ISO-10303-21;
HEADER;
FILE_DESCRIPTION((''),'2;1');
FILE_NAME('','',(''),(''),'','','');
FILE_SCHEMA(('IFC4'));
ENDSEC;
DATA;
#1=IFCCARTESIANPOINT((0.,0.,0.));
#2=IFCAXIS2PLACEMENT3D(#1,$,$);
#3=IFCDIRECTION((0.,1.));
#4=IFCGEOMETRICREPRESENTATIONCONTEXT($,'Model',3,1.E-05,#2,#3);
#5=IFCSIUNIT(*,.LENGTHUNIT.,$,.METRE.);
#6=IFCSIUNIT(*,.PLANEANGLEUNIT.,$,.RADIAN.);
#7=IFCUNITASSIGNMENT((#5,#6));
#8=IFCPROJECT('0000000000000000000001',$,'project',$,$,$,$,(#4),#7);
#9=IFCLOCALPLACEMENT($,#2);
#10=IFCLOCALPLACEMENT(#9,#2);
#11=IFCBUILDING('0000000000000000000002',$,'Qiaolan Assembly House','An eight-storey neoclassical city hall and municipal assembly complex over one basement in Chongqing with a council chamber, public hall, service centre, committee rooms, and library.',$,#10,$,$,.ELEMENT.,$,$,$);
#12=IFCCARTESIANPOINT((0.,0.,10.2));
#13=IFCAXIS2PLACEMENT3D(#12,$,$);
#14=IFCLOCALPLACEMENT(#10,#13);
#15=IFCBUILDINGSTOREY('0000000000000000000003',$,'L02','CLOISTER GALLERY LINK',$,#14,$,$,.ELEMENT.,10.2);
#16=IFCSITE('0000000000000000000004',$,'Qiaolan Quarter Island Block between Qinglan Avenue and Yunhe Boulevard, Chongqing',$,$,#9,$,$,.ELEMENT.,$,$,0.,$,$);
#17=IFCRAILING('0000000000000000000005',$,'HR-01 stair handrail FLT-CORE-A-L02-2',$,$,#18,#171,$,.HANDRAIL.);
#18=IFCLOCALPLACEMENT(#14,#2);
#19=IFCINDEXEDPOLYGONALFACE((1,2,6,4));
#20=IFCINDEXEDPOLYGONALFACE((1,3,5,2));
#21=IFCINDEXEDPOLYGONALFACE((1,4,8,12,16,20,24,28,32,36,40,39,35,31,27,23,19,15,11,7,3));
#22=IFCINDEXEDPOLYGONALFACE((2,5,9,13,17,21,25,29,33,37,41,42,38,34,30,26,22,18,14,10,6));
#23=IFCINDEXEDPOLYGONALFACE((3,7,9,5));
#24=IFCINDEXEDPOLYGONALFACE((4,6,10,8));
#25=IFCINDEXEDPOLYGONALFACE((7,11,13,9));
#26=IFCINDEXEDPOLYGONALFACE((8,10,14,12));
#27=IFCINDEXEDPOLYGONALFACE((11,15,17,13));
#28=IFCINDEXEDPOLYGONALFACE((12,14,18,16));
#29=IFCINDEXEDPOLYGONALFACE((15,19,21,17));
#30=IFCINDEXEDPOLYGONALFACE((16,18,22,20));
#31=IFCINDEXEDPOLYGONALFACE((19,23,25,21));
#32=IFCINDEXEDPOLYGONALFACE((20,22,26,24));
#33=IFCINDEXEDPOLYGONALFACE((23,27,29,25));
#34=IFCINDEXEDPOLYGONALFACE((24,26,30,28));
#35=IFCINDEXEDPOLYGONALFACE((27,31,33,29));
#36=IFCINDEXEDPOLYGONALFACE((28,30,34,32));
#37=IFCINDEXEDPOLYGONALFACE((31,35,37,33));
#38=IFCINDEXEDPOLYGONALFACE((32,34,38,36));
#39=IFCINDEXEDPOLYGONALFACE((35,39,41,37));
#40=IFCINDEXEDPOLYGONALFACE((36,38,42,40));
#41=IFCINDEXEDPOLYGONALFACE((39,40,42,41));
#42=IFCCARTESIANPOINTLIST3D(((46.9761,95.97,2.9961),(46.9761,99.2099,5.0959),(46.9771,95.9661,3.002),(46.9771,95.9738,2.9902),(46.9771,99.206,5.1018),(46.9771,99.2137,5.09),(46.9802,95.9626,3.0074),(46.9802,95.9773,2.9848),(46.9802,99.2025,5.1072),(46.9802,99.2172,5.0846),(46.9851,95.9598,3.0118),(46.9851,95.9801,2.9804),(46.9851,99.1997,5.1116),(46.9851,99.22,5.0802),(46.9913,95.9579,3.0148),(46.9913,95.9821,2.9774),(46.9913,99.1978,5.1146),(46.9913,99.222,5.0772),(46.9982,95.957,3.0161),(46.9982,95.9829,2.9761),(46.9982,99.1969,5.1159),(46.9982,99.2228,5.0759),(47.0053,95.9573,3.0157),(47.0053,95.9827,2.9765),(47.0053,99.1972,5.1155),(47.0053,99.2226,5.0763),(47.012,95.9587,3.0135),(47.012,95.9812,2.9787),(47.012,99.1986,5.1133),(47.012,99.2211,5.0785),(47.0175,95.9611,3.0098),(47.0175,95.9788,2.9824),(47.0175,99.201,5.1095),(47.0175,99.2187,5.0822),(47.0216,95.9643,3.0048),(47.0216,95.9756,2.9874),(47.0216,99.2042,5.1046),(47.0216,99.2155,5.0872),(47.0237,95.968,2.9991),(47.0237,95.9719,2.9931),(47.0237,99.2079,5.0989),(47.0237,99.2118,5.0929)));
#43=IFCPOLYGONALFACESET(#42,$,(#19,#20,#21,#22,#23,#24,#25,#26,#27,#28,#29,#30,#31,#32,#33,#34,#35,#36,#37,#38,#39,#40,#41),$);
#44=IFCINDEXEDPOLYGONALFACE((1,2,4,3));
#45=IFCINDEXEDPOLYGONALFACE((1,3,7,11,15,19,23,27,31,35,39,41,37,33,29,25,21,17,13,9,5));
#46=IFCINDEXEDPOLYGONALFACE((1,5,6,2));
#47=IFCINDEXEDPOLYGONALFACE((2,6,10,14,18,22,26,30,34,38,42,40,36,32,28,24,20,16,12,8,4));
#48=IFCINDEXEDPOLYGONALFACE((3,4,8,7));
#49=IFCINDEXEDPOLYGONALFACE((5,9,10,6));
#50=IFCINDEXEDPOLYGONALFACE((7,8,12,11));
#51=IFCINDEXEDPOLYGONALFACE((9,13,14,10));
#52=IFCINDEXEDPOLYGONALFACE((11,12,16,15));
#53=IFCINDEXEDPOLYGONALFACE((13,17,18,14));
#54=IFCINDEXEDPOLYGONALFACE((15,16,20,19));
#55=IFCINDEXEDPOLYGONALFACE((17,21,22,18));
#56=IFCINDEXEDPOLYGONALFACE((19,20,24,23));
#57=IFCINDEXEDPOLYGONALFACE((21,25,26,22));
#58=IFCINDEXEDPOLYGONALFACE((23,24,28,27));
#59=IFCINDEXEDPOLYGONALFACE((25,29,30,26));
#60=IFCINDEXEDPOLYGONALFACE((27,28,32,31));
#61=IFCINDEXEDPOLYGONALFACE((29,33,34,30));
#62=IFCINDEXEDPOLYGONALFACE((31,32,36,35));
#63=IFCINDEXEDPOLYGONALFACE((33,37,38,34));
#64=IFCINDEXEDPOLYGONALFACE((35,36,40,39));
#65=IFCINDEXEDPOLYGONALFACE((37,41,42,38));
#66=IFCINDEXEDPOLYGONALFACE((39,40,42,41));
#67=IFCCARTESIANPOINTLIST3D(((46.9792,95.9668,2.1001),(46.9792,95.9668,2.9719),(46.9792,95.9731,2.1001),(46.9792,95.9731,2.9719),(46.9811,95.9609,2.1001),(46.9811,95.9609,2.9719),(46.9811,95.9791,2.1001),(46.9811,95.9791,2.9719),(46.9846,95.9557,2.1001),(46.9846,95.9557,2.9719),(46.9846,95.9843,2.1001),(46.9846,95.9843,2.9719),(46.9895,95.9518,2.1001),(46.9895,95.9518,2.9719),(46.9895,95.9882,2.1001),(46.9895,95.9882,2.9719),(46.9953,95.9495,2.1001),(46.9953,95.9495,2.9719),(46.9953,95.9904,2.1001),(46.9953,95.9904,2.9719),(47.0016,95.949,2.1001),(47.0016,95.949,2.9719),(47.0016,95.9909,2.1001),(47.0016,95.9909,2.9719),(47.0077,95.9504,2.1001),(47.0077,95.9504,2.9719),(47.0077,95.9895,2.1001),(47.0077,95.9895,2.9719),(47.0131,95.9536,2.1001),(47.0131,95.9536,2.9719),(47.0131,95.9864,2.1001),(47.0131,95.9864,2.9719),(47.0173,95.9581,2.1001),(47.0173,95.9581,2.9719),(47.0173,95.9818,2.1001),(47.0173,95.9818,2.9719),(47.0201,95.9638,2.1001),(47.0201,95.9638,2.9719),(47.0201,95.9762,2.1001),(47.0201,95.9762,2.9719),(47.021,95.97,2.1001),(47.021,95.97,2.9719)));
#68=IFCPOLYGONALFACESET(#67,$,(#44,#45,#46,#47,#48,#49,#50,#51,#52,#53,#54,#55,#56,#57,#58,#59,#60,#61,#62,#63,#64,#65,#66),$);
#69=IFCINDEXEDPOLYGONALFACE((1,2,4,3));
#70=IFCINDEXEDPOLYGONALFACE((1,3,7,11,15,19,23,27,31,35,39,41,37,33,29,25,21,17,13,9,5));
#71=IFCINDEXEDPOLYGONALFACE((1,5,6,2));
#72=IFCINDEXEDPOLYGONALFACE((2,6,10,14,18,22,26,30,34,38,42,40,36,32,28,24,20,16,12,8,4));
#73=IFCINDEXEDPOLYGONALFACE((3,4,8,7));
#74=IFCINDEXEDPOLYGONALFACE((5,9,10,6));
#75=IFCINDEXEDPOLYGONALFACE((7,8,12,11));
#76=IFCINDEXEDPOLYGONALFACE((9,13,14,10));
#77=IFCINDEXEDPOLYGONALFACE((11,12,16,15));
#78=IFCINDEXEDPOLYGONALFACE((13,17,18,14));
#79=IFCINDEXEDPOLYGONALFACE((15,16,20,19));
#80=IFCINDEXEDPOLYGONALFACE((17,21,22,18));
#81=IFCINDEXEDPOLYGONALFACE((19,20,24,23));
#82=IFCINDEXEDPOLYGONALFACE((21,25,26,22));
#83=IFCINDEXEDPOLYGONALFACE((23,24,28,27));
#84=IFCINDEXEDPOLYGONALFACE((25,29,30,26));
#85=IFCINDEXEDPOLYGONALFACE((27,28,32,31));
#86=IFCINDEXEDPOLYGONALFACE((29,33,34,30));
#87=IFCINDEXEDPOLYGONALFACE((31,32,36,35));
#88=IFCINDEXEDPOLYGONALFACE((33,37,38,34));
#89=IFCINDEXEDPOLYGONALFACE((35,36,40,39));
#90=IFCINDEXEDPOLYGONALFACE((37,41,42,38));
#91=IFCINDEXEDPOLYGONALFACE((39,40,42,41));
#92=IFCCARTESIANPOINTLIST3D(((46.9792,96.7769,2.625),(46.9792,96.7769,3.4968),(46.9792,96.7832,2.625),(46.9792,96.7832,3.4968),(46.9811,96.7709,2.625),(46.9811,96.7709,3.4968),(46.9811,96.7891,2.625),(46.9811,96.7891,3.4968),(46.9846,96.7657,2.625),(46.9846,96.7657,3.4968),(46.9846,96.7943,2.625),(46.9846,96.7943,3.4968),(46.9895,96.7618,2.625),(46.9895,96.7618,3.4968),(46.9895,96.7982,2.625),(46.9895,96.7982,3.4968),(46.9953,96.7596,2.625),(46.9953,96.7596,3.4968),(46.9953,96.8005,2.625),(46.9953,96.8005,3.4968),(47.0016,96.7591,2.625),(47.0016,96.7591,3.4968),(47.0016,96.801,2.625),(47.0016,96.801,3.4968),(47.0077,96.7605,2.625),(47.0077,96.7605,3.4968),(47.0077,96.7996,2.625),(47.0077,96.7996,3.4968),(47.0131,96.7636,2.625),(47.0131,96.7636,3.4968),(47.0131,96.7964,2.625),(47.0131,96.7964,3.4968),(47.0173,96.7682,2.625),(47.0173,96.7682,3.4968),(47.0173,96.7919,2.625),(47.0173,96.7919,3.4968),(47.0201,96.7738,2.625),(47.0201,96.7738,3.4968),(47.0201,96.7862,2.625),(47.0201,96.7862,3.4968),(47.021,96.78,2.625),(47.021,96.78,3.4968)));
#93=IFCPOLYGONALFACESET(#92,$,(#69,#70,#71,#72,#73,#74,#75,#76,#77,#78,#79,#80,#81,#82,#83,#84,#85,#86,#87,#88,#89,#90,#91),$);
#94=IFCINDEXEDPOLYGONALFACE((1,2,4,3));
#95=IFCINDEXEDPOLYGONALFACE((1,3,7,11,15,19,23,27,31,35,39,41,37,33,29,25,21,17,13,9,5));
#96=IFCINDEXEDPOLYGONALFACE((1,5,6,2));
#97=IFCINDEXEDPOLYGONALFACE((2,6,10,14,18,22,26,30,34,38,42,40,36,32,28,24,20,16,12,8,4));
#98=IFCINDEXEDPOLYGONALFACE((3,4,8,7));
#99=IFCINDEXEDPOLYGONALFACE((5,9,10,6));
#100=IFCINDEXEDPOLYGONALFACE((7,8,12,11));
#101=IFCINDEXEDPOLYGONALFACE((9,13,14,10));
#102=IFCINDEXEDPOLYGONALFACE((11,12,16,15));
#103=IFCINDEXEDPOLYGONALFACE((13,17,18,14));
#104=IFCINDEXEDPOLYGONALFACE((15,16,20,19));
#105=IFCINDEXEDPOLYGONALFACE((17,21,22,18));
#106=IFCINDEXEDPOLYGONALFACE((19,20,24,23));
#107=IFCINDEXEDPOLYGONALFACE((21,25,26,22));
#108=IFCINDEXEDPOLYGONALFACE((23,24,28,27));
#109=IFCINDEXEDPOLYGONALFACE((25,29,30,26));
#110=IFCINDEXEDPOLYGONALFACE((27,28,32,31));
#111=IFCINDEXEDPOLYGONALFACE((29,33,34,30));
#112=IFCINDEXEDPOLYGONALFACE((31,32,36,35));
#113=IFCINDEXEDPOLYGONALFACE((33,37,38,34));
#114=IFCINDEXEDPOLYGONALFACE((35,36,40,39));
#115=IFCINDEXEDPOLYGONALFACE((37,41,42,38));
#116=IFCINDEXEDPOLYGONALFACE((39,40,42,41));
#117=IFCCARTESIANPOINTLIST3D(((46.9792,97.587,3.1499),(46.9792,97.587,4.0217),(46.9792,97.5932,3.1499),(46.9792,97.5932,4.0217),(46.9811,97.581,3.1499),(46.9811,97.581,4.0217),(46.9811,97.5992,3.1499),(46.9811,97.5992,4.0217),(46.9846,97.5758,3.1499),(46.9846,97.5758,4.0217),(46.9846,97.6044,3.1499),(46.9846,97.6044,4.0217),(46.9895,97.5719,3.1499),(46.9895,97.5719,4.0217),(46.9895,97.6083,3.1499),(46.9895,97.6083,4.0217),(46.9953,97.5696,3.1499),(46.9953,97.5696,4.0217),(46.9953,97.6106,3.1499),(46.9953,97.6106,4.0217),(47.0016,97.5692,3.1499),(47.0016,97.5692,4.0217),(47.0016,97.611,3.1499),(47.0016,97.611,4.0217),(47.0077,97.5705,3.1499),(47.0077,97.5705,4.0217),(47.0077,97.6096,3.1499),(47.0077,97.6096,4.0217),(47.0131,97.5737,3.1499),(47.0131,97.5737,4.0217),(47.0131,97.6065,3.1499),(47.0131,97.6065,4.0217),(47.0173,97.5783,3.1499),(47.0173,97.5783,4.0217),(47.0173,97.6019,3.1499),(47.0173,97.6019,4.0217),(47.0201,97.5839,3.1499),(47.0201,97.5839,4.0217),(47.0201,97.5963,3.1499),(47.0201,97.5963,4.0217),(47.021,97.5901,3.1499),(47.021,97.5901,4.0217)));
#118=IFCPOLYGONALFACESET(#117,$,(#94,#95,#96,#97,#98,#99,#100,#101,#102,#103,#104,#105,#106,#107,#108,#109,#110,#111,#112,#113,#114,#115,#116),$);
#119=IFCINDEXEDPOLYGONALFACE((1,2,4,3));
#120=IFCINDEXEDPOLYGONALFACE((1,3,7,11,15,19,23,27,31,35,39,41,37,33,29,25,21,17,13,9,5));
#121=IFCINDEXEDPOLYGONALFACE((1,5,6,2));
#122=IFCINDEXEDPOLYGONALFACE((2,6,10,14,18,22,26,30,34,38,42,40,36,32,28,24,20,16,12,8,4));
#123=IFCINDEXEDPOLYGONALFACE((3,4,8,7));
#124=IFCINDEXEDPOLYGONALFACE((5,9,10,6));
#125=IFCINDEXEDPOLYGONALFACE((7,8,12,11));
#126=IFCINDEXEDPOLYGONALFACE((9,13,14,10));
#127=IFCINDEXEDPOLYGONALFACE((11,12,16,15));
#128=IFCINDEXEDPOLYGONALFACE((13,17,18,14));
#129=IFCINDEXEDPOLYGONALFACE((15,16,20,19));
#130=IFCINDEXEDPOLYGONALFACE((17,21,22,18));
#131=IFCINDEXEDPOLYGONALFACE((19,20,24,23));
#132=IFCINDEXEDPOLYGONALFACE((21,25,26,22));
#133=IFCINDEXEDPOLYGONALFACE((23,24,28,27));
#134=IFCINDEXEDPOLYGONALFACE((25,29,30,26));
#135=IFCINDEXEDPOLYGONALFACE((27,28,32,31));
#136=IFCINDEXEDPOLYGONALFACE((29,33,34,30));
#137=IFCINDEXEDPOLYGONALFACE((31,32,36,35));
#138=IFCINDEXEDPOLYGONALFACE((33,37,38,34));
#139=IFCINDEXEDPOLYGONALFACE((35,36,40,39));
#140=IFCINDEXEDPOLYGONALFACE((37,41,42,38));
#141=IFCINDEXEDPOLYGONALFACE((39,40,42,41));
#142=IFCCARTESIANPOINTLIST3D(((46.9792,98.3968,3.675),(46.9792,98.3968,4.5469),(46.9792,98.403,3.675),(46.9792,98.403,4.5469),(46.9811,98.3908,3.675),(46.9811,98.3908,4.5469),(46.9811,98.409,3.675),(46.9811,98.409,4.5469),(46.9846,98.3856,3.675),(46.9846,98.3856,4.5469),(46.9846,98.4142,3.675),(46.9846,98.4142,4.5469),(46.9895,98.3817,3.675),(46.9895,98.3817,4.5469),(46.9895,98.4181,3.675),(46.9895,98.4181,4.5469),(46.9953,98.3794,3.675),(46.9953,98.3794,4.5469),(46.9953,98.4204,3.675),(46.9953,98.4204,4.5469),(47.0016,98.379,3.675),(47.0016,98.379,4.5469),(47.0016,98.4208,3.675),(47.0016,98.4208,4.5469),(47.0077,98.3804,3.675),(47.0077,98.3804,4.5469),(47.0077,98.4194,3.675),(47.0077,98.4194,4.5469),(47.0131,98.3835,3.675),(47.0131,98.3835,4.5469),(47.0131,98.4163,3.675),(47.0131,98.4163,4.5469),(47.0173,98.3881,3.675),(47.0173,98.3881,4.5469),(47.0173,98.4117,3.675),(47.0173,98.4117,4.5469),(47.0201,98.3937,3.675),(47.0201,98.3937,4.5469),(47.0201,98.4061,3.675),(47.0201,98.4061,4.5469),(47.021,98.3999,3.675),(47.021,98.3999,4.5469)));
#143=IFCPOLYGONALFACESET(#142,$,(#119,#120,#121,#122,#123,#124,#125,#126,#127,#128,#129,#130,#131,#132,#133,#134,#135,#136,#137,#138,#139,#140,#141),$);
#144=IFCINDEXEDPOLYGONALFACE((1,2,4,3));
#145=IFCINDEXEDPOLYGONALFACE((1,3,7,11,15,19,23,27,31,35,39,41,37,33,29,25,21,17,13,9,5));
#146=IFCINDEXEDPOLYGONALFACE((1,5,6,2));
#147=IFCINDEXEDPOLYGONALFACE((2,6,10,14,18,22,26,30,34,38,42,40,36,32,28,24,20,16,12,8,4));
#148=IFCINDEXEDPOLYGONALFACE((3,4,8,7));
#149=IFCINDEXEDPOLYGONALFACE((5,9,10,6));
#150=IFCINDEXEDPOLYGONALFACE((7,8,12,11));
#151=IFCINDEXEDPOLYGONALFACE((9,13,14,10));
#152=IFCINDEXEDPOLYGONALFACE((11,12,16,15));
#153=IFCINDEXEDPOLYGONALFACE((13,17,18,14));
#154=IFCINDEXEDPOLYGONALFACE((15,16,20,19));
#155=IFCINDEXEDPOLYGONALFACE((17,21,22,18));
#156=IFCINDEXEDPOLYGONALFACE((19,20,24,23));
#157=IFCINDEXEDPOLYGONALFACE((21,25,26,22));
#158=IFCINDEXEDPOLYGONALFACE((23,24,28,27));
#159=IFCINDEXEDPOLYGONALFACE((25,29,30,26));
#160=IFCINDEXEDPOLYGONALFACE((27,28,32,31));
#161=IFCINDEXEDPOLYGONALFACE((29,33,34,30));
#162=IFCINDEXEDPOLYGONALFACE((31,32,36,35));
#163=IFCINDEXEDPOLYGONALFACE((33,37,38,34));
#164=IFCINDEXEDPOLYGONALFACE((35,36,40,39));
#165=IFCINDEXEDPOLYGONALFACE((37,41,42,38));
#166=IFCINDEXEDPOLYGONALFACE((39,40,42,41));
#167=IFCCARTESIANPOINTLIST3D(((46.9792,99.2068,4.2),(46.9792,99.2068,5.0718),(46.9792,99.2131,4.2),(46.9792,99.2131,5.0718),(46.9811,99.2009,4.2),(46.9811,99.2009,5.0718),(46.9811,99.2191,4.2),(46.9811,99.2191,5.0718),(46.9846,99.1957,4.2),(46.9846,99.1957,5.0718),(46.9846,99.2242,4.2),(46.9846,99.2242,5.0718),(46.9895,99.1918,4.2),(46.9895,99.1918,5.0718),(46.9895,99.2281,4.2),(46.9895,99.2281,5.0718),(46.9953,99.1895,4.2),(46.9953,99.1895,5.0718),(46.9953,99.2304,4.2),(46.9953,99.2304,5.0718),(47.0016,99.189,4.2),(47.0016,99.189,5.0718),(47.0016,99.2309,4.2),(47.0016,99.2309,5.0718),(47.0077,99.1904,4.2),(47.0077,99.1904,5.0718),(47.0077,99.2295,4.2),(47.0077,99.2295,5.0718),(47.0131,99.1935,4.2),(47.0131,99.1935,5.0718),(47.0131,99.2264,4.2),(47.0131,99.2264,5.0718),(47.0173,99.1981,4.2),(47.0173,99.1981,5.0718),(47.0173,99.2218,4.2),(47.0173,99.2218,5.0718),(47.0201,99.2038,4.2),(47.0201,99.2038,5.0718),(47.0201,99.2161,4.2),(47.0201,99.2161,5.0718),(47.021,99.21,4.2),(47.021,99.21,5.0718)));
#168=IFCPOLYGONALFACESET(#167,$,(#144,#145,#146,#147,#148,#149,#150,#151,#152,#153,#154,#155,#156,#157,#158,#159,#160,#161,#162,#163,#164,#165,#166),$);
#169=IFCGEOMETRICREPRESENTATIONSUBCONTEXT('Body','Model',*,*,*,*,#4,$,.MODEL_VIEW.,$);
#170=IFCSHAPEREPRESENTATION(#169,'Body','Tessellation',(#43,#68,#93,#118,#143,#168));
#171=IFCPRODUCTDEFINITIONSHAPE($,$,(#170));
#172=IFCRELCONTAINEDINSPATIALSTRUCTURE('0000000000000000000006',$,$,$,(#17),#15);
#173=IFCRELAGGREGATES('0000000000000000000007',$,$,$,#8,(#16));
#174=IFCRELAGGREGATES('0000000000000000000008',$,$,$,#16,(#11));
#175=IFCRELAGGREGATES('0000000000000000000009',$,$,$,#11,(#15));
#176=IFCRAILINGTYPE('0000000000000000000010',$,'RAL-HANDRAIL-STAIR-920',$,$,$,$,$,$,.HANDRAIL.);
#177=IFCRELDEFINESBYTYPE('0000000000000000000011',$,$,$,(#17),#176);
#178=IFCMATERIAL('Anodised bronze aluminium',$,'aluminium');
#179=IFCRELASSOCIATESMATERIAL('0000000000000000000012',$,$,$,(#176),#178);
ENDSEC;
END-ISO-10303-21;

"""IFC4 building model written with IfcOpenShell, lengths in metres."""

from ifc_helpers import new_model, si_unit, direction, frame, origin, origin_2d, place, context, subcontext, project, spatial, circle, extrude, material, type_object, element, save


model = new_model("IFC4")

# Units and contexts
model_context = context("Model", 3, precision=1e-05, world=origin(), true_north=direction((0.0, 1.0)))
body_context = subcontext(model_context, "Body", "Model", "MODEL_VIEW")
ifc_project = project(units=[si_unit("LENGTHUNIT", "METRE"), si_unit("PLANEANGLEUNIT", "RADIAN")], contexts=[model_context])

# Site, building, storey
site_placement = place(None, origin())
site = spatial("IfcSite", under=ifc_project, at=site_placement, Name="Qiaolan Quarter Island Block between Qinglan Avenue and Yunhe Boulevard, Chongqing", CompositionType="ELEMENT", RefElevation=0.0)
building_placement = place(site_placement, origin())
building = spatial("IfcBuilding", under=site, at=building_placement, Name="Qiaolan Assembly House", Description="An eight-storey neoclassical city hall and municipal assembly complex over one basement in Chongqing with a council chamber, public hall, service centre, committee rooms, and library.", CompositionType="ELEMENT")
storey_placement = place(building_placement, frame((0.0, 0.0, 10.2)))
storey = spatial("IfcBuildingStorey", under=building, at=storey_placement, Name="L02", Description="CLOISTER GALLERY LINK", CompositionType="ELEMENT", Elevation=10.2)

# Railing
ifc_material_1 = material(Name="Anodised bronze aluminium", Category="aluminium")
railing_type_1 = type_object("IfcRailingType", Name="RAL-HANDRAIL-STAIR-920", PredefinedType="HANDRAIL", material=ifc_material_1)
railing_1_placement = place(storey_placement, frame((47.0, 95.97, 2.1001)))
element("IfcRailing", 1, at=railing_1_placement, inside=storey, type_object=railing_type_1, Name="HR-01 stair handrail FLT-CORE-A-L02-2", PredefinedType="HANDRAIL", context=body_context, shape_type="SweptSolid", body=[
    extrude(circle(Radius=0.0239, at=origin_2d()), frame((0.0, 0.0, 0.896), z_axis=(0.0, 0.83917, 0.54387), x_axis=(-1.0, 0.0, 0.0)), (0.0, 0.0, 1.0), 3.8608),
    extrude(circle(Radius=0.021, at=origin_2d()), origin(), (0.0, 0.0, 1.0), 0.8718),
    extrude(circle(Radius=0.021, at=origin_2d()), frame((0.0, 0.8101, 0.5249)), (0.0, 0.0, 1.0), 0.8718),
    extrude(circle(Radius=0.021, at=origin_2d()), frame((0.0, 1.6201, 1.0498)), (0.0, 0.0, 1.0), 0.8718),
    extrude(circle(Radius=0.021, at=origin_2d()), frame((0.0, 2.4299, 1.575)), (0.0, 0.0, 1.0), 0.8718),
    extrude(circle(Radius=0.021, at=origin_2d()), frame((0.0, 3.24, 2.0999)), (0.0, 0.0, 1.0), 0.8718),
])

save(model, "model.ifc")
